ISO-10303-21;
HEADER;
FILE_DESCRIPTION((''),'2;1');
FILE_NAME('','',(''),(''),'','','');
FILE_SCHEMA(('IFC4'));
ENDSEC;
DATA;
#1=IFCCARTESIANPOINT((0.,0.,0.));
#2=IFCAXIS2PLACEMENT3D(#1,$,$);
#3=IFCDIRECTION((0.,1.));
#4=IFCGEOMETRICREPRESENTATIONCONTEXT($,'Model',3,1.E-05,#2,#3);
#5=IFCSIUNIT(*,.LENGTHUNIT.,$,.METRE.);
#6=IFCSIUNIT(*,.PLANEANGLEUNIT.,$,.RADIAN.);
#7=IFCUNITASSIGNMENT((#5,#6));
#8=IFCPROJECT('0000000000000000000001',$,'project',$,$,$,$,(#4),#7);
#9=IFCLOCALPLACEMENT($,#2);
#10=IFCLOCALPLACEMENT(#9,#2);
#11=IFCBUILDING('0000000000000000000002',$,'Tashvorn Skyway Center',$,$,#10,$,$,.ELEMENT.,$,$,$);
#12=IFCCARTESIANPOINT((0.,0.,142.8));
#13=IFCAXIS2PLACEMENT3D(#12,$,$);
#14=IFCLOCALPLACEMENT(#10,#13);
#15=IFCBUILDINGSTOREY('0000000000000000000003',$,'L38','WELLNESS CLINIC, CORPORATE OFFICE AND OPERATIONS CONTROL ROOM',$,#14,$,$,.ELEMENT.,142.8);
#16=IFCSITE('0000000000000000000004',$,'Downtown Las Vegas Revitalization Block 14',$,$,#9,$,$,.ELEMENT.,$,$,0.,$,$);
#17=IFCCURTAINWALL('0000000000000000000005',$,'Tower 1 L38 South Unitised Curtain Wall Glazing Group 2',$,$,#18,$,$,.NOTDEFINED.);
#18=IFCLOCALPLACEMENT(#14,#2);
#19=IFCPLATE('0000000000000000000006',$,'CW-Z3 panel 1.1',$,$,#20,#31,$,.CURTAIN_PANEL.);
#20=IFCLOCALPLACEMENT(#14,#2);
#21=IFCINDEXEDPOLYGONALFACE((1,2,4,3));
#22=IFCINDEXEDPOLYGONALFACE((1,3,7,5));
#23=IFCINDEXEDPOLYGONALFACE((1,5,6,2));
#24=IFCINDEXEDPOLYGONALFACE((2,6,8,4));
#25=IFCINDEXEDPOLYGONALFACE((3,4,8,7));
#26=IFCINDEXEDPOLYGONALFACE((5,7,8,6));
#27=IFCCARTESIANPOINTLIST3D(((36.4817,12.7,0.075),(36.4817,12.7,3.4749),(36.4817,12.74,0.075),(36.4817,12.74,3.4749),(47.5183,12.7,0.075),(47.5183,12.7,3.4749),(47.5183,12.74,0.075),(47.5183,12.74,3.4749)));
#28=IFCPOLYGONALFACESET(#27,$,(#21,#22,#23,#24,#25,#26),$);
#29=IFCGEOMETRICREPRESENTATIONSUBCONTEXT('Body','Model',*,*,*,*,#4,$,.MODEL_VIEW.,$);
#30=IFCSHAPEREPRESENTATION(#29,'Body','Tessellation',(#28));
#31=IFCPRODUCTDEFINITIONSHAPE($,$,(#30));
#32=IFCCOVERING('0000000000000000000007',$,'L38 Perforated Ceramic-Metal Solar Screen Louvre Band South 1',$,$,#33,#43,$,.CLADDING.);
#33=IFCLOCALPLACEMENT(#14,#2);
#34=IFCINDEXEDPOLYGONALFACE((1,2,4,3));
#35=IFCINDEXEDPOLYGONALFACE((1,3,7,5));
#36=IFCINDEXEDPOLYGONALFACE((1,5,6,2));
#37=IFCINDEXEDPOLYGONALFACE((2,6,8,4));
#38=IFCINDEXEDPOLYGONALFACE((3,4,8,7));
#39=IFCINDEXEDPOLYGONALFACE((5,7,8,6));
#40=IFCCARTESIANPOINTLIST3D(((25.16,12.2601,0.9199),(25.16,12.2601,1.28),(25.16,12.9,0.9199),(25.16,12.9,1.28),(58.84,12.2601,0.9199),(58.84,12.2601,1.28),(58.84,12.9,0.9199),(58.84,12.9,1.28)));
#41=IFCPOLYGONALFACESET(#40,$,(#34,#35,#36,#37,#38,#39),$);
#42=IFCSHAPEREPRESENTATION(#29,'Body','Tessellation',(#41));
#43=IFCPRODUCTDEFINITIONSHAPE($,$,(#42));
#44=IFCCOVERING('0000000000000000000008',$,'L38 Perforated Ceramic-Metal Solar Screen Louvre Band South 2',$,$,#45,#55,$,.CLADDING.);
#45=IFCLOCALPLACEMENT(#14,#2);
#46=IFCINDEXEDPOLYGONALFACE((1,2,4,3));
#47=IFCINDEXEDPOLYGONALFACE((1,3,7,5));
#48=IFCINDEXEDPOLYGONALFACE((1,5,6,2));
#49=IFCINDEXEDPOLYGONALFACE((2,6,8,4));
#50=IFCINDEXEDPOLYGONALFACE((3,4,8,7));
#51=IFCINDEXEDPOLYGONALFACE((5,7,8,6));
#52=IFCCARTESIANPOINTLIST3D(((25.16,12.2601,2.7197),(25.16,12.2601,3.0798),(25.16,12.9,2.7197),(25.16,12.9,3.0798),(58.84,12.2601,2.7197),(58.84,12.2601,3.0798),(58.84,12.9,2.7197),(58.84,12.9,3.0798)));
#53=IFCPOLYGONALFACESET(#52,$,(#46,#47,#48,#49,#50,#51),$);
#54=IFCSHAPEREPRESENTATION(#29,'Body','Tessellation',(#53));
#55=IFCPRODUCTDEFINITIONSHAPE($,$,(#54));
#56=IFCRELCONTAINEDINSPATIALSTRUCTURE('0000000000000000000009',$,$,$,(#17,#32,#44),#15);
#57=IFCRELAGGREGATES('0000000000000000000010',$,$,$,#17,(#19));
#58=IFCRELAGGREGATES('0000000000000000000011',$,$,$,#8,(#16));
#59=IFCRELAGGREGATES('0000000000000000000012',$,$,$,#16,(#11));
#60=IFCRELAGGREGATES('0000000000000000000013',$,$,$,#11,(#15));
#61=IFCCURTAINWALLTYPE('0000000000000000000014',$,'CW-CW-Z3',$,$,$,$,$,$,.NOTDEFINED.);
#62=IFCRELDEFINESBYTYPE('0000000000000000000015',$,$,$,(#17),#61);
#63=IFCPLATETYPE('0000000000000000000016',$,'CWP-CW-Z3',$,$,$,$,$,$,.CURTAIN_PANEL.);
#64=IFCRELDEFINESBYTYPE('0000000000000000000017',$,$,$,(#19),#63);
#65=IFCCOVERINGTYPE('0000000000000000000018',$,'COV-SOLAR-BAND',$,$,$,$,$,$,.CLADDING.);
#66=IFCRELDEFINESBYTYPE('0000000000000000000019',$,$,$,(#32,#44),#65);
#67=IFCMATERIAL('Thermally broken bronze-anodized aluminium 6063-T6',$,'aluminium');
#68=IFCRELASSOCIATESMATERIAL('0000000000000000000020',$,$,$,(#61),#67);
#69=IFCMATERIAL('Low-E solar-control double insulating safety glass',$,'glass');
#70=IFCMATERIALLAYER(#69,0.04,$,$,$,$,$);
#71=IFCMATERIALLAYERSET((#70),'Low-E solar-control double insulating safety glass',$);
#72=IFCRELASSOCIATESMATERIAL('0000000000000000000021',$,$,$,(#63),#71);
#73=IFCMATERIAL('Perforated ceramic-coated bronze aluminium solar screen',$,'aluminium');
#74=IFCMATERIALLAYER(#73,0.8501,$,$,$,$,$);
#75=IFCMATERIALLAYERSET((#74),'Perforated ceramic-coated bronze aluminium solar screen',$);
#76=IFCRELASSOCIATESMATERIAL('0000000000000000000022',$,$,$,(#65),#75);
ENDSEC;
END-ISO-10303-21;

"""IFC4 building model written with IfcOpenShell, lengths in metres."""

from ifc_helpers import new_model, si_unit, direction, frame, origin, origin_2d, place, context, subcontext, project, spatial, rectangle, extrude, material, layer, layer_set, type_object, element, aggregate, save


model = new_model("IFC4")

# Units and contexts
model_context = context("Model", 3, precision=1e-05, world=origin(), true_north=direction((0.0, 1.0)))
body_context = subcontext(model_context, "Body", "Model", "MODEL_VIEW")
ifc_project = project(units=[si_unit("LENGTHUNIT", "METRE"), si_unit("PLANEANGLEUNIT", "RADIAN")], contexts=[model_context])

# Site, building, storey
site_placement = place(None, origin())
site = spatial("IfcSite", under=ifc_project, at=site_placement, Name="Downtown Las Vegas Revitalization Block 14", CompositionType="ELEMENT", RefElevation=0.0)
building_placement = place(site_placement, origin())
building = spatial("IfcBuilding", under=site, at=building_placement, Name="Tashvorn Skyway Center", CompositionType="ELEMENT")
storey_placement = place(building_placement, frame((0.0, 0.0, 142.8)))
storey = spatial("IfcBuildingStorey", under=building, at=storey_placement, Name="L38", Description="WELLNESS CLINIC, CORPORATE OFFICE AND OPERATIONS CONTROL ROOM", CompositionType="ELEMENT", Elevation=142.8)

# Shared definitions
ifc_material_1 = material(Name="Thermally broken bronze-anodized aluminium 6063-T6", Category="aluminium")
curtain_wall_type = type_object("IfcCurtainWallType", Name="CW-CW-Z3", PredefinedType="NOTDEFINED", material=ifc_material_1)

# Curtain wall, plate
curtain_wall_1_placement = place(storey_placement, origin())
curtain_wall_1 = element("IfcCurtainWall", 1, at=curtain_wall_1_placement, inside=storey, type_object=curtain_wall_type, Name="Tower 1 L38 South Unitised Curtain Wall Glazing Group 2", PredefinedType="NOTDEFINED")
ifc_material_2 = material(Name="Low-E solar-control double insulating safety glass", Category="glass")
ifc_layer_1 = layer(ifc_material_2, 0.04)
ifc_layer_set_1 = layer_set([ifc_layer_1], Name="Low-E solar-control double insulating safety glass")
plate_type = type_object("IfcPlateType", Name="CWP-CW-Z3", PredefinedType="CURTAIN_PANEL", material=ifc_layer_set_1)
plate_placement = place(storey_placement, frame((42.0, 12.72, 0.075), z_axis=(0.0, 0.0, 1.0), x_axis=(-1.0, 0.0, 0.0)))
plate = element("IfcPlate", 2, at=plate_placement, type_object=plate_type, Name="CW-Z3 panel 1.1", PredefinedType="CURTAIN_PANEL", context=body_context, shape_type="SweptSolid", body=[
    extrude(rectangle(XDim=11.0366, YDim=0.04, at=origin_2d()), origin(), (0.0, 0.0, 1.0), 3.3999),
])
aggregate(curtain_wall_1, [plate])

# Coverings
ifc_material_3 = material(Name="Perforated ceramic-coated bronze aluminium solar screen", Category="aluminium")
ifc_layer_2 = layer(ifc_material_3, 0.8501)
ifc_layer_set_2 = layer_set([ifc_layer_2], Name="Perforated ceramic-coated bronze aluminium solar screen")
covering_type = type_object("IfcCoveringType", Name="COV-SOLAR-BAND", PredefinedType="CLADDING", material=ifc_layer_set_2)
for number, where, z_axis, x_axis, name in (
    (3, (42.0, 12.5801, 0.9199), (0.0, 0.0, 1.0), (-1.0, 0.0, 0.0), "L38 Perforated Ceramic-Metal Solar Screen Louvre Band South 1"),
    (4, (42.0, 12.5801, 2.7197), (0.0, 0.0, 1.0), (-1.0, 0.0, 0.0), "L38 Perforated Ceramic-Metal Solar Screen Louvre Band South 2"),
):
    element("IfcCovering", number, at=place(storey_placement, frame(where, z_axis=z_axis, x_axis=x_axis)), inside=storey, type_object=covering_type, Name=name, PredefinedType="CLADDING", context=body_context, shape_type="SweptSolid", body=[
        extrude(rectangle(XDim=33.6799, YDim=0.6399, at=origin_2d()), origin(), (0.0, 0.0, 1.0), 0.3601),
    ])

save(model, "model.ifc")
